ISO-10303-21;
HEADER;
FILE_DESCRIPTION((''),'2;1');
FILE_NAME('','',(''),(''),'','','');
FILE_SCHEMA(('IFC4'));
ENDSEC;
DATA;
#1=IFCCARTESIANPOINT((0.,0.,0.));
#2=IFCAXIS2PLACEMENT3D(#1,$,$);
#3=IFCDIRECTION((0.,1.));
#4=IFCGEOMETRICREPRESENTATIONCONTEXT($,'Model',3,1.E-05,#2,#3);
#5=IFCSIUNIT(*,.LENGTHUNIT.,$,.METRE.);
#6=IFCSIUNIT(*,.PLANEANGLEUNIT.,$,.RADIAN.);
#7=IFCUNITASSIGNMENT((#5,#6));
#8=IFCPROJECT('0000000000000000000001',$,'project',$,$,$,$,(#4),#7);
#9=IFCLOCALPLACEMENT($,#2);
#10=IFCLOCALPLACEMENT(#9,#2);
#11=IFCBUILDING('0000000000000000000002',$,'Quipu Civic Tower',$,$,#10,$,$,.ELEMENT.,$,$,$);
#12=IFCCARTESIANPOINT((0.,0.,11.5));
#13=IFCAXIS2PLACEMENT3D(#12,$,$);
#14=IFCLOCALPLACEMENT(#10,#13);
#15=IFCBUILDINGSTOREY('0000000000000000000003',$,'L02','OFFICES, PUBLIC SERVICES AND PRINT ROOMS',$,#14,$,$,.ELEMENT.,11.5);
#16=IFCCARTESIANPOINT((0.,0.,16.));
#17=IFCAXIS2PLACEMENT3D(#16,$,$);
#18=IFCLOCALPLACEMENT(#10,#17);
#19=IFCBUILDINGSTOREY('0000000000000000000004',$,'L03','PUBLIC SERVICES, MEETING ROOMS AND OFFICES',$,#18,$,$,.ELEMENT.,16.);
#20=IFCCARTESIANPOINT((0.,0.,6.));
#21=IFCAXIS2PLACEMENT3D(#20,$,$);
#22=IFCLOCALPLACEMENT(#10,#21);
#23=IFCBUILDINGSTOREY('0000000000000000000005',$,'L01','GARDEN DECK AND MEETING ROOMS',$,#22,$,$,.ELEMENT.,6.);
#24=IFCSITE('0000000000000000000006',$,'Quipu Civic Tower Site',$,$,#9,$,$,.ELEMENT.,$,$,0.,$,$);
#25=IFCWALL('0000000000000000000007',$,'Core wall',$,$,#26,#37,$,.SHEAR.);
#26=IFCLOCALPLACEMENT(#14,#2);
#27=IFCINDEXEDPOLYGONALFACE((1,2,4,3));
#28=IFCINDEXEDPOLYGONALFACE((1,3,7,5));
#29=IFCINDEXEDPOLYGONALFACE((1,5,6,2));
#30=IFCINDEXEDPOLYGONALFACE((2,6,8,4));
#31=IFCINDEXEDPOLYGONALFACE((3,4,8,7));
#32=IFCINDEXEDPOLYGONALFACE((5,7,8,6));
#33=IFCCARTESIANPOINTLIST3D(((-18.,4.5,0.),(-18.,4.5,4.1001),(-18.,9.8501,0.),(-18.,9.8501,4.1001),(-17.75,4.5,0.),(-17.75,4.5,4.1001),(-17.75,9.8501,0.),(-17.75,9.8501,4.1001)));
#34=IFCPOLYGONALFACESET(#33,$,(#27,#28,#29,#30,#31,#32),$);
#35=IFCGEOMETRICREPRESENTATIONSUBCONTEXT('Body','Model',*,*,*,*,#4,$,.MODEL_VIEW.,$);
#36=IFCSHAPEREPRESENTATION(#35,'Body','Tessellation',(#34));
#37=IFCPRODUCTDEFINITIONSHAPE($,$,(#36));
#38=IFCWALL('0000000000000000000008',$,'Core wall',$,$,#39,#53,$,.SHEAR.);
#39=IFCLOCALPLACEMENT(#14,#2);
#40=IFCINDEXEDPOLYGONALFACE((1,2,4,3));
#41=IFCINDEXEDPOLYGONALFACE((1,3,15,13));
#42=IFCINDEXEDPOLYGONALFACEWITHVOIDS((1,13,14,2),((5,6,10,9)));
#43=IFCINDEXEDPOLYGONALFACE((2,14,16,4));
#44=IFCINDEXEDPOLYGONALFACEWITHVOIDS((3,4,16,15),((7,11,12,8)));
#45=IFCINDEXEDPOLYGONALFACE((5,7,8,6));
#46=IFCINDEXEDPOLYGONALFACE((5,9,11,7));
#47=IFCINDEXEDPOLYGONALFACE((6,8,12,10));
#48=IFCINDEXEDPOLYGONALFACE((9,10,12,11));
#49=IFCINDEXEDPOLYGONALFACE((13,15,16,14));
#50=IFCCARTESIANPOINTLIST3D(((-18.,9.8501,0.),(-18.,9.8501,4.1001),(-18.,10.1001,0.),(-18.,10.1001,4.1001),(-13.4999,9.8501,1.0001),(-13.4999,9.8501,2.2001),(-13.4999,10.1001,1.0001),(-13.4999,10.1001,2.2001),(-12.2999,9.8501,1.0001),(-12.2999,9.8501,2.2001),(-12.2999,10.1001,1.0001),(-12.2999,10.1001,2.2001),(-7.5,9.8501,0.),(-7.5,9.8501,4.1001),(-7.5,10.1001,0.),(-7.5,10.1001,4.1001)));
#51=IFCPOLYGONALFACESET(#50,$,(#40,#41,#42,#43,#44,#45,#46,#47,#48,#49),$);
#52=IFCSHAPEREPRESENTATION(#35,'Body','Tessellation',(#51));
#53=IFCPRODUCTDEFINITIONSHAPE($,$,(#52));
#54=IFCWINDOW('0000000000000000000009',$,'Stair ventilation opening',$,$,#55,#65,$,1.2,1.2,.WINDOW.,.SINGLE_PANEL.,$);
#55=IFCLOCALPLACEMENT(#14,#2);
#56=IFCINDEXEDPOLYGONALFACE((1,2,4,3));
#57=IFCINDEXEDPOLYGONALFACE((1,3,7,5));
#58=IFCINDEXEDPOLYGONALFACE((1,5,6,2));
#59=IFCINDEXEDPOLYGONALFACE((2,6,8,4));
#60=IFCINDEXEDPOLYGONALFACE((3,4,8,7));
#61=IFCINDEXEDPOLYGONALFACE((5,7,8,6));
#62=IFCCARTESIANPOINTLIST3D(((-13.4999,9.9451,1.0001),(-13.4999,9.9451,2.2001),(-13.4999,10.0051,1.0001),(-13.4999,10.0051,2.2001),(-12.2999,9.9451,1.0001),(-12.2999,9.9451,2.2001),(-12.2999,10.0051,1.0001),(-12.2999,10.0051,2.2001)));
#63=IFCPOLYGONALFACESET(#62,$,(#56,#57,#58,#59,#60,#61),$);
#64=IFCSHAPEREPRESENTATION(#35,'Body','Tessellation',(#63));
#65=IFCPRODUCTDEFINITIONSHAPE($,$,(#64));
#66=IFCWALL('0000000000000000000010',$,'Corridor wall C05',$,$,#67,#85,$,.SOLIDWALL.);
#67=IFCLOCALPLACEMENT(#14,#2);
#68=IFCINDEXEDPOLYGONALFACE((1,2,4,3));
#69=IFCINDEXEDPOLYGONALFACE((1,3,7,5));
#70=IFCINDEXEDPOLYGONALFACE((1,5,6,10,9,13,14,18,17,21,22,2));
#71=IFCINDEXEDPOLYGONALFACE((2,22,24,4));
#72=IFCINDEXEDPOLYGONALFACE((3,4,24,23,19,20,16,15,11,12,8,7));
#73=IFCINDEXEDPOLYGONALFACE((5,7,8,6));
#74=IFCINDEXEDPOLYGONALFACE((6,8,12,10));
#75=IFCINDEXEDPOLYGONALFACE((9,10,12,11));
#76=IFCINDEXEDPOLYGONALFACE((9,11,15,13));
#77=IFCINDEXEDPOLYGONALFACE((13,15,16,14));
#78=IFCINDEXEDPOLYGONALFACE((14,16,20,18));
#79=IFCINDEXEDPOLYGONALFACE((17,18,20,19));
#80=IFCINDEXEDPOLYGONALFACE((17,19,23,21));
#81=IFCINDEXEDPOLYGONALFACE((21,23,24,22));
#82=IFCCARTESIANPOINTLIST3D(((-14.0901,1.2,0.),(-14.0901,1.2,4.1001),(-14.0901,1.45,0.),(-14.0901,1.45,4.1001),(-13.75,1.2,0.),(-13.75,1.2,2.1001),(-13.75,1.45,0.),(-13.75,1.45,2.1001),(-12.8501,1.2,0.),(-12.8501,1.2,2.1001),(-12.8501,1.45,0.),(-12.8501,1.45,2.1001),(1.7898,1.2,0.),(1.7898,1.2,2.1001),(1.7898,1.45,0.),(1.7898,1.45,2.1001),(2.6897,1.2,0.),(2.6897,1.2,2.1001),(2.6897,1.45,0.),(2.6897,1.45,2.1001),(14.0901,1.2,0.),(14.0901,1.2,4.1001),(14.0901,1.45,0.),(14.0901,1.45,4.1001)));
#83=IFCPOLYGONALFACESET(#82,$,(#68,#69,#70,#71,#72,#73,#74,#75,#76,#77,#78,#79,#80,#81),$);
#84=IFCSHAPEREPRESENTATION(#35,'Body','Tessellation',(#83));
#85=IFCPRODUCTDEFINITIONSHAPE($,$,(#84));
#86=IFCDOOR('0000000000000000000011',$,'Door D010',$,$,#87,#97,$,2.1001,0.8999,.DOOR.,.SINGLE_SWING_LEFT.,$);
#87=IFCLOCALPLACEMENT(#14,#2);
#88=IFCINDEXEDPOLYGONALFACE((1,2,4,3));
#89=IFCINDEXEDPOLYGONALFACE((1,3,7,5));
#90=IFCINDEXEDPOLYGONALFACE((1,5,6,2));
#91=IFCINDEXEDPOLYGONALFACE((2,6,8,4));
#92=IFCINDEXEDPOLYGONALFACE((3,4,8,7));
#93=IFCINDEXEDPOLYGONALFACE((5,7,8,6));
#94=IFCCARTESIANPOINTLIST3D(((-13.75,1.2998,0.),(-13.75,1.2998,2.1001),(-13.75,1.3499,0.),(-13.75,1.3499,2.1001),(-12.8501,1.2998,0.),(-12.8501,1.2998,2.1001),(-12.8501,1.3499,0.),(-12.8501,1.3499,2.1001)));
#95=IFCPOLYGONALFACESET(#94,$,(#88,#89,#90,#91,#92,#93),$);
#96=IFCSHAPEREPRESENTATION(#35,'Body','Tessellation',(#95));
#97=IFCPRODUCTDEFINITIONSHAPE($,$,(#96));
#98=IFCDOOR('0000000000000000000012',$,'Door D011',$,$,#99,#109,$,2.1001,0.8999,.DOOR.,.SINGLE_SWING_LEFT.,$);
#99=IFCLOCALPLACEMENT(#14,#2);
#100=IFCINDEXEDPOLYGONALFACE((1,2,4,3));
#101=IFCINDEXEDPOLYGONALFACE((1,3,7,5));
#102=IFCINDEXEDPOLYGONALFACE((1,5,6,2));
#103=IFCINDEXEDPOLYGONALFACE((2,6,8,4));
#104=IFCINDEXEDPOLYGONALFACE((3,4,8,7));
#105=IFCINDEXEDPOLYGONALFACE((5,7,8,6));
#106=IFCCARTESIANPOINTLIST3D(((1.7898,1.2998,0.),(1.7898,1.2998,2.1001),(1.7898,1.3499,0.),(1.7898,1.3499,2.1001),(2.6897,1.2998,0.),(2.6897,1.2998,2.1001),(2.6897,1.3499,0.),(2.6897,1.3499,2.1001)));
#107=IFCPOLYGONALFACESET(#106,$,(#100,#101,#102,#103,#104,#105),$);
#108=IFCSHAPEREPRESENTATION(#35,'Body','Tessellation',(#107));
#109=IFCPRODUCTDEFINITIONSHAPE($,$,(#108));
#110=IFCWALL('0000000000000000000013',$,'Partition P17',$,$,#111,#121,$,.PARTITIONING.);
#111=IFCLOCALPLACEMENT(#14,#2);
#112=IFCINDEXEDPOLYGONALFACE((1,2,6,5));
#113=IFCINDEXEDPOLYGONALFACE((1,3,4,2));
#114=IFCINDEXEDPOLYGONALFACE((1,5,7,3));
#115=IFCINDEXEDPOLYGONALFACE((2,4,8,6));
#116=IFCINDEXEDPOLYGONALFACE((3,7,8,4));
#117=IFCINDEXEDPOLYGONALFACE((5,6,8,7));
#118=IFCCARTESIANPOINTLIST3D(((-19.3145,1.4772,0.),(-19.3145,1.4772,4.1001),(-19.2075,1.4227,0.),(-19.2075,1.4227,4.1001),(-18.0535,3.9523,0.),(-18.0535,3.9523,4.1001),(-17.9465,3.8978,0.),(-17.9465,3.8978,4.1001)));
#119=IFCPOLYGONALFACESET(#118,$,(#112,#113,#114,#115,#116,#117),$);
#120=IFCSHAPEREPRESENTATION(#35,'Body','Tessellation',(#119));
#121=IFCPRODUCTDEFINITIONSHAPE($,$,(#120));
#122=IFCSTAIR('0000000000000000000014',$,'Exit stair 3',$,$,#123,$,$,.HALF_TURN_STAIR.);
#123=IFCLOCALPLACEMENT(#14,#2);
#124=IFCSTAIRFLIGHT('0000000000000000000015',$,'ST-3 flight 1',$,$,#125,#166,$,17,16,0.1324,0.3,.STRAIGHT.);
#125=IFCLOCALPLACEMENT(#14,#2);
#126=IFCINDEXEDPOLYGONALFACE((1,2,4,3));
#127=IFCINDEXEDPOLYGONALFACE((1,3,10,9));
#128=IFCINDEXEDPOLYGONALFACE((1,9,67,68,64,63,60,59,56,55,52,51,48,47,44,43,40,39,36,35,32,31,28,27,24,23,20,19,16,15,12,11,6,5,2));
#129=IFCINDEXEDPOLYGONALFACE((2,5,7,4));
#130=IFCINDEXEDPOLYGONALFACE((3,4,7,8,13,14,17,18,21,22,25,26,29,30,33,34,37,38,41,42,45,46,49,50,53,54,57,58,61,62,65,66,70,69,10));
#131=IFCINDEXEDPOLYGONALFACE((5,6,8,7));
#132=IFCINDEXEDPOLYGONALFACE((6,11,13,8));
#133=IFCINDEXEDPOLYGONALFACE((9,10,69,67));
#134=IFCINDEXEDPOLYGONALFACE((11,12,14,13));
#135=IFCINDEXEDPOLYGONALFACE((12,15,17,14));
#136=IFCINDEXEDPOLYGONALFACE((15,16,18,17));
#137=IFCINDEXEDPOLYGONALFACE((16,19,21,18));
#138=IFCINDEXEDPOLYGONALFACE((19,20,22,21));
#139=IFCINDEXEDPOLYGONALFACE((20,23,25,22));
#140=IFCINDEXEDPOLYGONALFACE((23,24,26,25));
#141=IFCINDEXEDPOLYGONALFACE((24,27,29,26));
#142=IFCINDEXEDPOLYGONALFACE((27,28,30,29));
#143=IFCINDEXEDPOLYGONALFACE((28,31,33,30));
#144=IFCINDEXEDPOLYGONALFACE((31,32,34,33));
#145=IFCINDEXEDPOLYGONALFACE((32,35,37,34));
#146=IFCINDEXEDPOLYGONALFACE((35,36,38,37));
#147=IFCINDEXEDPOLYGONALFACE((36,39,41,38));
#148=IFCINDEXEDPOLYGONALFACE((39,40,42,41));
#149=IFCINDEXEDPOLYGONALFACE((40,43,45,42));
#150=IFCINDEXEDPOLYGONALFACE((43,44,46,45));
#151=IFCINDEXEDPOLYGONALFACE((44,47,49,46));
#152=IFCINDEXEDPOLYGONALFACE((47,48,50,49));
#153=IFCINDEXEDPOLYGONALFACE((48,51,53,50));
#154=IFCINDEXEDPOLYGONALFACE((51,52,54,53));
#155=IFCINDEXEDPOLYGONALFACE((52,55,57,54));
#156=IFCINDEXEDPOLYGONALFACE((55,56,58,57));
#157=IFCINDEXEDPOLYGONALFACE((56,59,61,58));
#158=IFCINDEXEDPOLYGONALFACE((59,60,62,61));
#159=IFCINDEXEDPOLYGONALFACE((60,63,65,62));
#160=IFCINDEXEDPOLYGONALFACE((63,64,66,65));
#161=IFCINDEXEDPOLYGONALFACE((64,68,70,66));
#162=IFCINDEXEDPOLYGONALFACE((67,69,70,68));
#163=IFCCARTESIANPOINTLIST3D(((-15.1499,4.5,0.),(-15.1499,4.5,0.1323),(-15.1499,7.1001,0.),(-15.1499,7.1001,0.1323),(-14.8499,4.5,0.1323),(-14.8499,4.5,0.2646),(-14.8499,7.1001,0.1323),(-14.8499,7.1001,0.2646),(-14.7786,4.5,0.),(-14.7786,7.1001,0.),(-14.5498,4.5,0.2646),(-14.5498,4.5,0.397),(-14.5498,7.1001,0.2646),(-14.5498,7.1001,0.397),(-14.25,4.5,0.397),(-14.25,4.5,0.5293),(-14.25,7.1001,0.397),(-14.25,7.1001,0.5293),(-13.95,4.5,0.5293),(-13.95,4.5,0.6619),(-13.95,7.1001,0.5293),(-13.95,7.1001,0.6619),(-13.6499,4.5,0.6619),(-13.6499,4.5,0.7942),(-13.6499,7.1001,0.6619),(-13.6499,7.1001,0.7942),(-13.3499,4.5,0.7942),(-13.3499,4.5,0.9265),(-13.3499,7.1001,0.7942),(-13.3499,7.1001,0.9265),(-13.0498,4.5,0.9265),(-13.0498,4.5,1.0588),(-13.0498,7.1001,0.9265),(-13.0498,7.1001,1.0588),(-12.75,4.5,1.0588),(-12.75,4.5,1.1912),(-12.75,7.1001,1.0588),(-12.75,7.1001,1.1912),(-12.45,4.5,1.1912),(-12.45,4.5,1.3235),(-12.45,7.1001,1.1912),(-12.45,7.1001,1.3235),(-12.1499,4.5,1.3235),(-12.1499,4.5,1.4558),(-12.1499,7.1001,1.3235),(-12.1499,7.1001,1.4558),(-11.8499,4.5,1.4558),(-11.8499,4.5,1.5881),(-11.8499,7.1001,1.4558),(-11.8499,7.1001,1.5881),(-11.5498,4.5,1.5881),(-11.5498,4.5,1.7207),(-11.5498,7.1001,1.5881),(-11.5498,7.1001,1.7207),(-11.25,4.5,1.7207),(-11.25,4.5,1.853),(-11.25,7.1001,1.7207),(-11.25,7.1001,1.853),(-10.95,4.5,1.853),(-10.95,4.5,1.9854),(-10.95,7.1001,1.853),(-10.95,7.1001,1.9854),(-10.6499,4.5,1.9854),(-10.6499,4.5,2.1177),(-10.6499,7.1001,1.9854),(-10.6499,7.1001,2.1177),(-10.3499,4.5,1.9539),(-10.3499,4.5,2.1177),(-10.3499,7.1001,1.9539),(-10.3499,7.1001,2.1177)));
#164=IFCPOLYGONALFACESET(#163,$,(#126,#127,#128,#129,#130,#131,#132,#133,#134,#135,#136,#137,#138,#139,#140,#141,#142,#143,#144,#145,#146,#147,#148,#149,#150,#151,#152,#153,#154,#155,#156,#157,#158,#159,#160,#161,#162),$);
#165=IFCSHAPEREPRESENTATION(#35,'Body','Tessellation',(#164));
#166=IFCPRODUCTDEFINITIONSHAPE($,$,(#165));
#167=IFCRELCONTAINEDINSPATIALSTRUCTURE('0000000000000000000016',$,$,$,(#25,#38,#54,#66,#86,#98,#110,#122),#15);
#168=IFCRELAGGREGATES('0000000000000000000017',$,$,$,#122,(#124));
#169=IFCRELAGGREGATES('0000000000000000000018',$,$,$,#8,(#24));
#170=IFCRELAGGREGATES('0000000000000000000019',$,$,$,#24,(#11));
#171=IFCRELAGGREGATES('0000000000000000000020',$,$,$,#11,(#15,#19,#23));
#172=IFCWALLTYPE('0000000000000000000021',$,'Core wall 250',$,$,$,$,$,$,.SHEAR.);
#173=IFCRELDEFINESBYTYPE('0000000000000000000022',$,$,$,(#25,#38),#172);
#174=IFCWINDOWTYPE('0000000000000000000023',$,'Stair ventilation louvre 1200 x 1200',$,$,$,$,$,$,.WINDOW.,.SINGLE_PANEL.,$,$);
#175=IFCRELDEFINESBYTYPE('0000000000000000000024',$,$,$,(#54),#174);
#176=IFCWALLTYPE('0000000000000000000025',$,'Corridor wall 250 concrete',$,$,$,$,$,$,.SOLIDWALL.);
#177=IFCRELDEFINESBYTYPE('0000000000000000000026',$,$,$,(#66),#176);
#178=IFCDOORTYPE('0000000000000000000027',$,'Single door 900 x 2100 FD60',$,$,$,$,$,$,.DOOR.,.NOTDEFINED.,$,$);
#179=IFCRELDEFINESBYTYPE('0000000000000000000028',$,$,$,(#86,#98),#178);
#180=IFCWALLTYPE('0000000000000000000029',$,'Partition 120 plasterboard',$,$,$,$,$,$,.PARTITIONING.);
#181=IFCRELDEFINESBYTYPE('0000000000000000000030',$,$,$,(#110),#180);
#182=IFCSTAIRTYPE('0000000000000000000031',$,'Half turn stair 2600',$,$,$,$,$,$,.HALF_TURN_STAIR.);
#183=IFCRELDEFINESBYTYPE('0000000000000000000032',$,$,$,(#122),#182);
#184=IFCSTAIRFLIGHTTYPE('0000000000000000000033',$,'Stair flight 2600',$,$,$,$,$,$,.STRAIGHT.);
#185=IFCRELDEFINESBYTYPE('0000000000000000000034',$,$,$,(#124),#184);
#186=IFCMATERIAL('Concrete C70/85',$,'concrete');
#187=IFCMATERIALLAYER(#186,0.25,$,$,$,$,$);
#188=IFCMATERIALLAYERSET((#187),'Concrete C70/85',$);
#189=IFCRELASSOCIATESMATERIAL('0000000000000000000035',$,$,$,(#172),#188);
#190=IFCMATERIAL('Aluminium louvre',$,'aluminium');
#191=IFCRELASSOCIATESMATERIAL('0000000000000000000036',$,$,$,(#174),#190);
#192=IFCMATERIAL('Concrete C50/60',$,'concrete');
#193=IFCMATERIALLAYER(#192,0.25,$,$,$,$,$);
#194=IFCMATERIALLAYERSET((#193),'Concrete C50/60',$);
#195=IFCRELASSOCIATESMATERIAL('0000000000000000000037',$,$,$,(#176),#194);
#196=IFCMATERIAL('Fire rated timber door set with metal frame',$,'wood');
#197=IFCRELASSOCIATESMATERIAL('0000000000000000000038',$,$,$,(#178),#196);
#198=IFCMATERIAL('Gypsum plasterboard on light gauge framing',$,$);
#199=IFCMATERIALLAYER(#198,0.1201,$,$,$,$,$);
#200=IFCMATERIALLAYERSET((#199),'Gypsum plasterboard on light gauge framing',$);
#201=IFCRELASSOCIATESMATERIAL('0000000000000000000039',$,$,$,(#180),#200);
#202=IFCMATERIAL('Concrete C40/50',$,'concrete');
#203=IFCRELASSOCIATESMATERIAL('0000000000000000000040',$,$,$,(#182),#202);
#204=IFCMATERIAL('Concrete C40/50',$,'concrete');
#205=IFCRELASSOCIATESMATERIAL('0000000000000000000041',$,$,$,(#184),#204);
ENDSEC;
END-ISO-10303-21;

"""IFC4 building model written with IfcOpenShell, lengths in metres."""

from ifc_helpers import new_model, si_unit, direction, frame, frame_2d, origin, place, context, subcontext, project, spatial, polyline, rectangle, outline, extrude, material, layer, layer_set, type_object, element, fill, aggregate, save


model = new_model("IFC4")

# Units and contexts
model_context = context("Model", 3, precision=1e-05, world=origin(), true_north=direction((0.0, 1.0)))
body_context = subcontext(model_context, "Body", "Model", "MODEL_VIEW")
ifc_project = project(units=[si_unit("LENGTHUNIT", "METRE"), si_unit("PLANEANGLEUNIT", "RADIAN")], contexts=[model_context])

# Site, building, storey
site_placement = place(None, origin())
site = spatial("IfcSite", under=ifc_project, at=site_placement, Name="Quipu Civic Tower Site", CompositionType="ELEMENT", RefElevation=0.0)
building_placement = place(site_placement, origin())
building = spatial("IfcBuilding", under=site, at=building_placement, Name="Quipu Civic Tower", CompositionType="ELEMENT")
storey_1_placement = place(building_placement, frame((0.0, 0.0, 11.5)))
storey_1 = spatial("IfcBuildingStorey", under=building, at=storey_1_placement, Name="L02", Description="OFFICES, PUBLIC SERVICES AND PRINT ROOMS", CompositionType="ELEMENT", Elevation=11.5)

# Shared definitions
storey_2_placement = place(building_placement, frame((0.0, 0.0, 16.0)))
storey_2 = spatial("IfcBuildingStorey", under=building, at=storey_2_placement, Name="L03", Description="PUBLIC SERVICES, MEETING ROOMS AND OFFICES", CompositionType="ELEMENT", Elevation=16.0)

# Shared definitions
storey_3_placement = place(building_placement, frame((0.0, 0.0, 6.0)))
storey_3 = spatial("IfcBuildingStorey", under=building, at=storey_3_placement, Name="L01", Description="GARDEN DECK AND MEETING ROOMS", CompositionType="ELEMENT", Elevation=6.0)

# Shared definitions
ifc_material_1 = material(Name="Concrete C70/85", Category="concrete")
ifc_layer_1 = layer(ifc_material_1, 0.25)
ifc_layer_set_1 = layer_set([ifc_layer_1], Name="Concrete C70/85")
wall_type_1 = type_object("IfcWallType", Name="Core wall 250", PredefinedType="SHEAR", material=ifc_layer_set_1)

# Wall
wall_1_placement = place(storey_1_placement, frame((-17.875, 4.5, 0.0), z_axis=(0.0, 0.0, 1.0), x_axis=(0.0, 1.0, 0.0)))
element("IfcWall", 1, at=wall_1_placement, inside=storey_1, type_object=wall_type_1, Name="Core wall", PredefinedType="SHEAR", context=body_context, shape_type="SweptSolid", body=[
    extrude(rectangle(XDim=5.3501, YDim=0.25, at=frame_2d((2.675, 0.0))), origin(), (0.0, 0.0, 1.0), 4.1001),
])

# Wall, opening, window
wall_2_placement = place(storey_1_placement, frame((-18.0, 9.9751, 0.0), z_axis=(0.0, 0.0, 1.0), x_axis=(1.0, 0.0, 0.0)))
wall_2 = element("IfcWall", 2, at=wall_2_placement, inside=storey_1, type_object=wall_type_1, Name="Core wall", PredefinedType="SHEAR", context=body_context, shape_type="SweptSolid", body=[
    extrude(rectangle(XDim=10.5, YDim=0.25, at=frame_2d((5.25, 0.0))), origin(), (0.0, 0.0, 1.0), 4.1001),
])
opening_1_placement = place(wall_2_placement, frame((4.5, 0.0, 1.0)))
opening_1 = element("IfcOpeningElement", 3, at=opening_1_placement, cuts=wall_2, PredefinedType="OPENING", context=body_context, shape_type="SweptSolid", body=[
    extrude(rectangle(XDim=1.2, YDim=1.2, at=frame_2d((0.6001, 0.6001))), frame((0.0, 0.135, 0.0), z_axis=(0.0, -1.0, 0.0), x_axis=(1.0, 0.0, 0.0)), (0.0, 0.0, 1.0), 0.27),
])
ifc_material_2 = material(Name="Aluminium louvre", Category="aluminium")
window_type = type_object("IfcWindowType", Name="Stair ventilation louvre 1200 x 1200", PartitioningType="SINGLE_PANEL", PredefinedType="WINDOW", material=ifc_material_2)
window_placement = place(opening_1_placement, origin())
window = element("IfcWindow", 4, at=window_placement, inside=storey_1, type_object=window_type, Name="Stair ventilation opening", OverallHeight=1.2, OverallWidth=1.2, PartitioningType="SINGLE_PANEL", PredefinedType="WINDOW", context=body_context, shape_type="SweptSolid", body=[
    extrude(rectangle(XDim=1.2, YDim=1.2, at=frame_2d((0.6001, 0.6001))), frame((0.0, 0.03, 0.0), z_axis=(0.0, -1.0, 0.0), x_axis=(1.0, 0.0, 0.0)), (0.0, 0.0, 1.0), 0.0601),
])
fill(opening_1, window)

# Wall, openings, doors
ifc_material_3 = material(Name="Concrete C50/60", Category="concrete")
ifc_layer_2 = layer(ifc_material_3, 0.25)
ifc_layer_set_2 = layer_set([ifc_layer_2], Name="Concrete C50/60")
wall_type_2 = type_object("IfcWallType", Name="Corridor wall 250 concrete", PredefinedType="SOLIDWALL", material=ifc_layer_set_2)
wall_3_placement = place(storey_1_placement, frame((-14.0901, 1.325, 0.0), z_axis=(0.0, 0.0, 1.0), x_axis=(1.0, 0.0, 0.0)))
wall_3 = element("IfcWall", 5, at=wall_3_placement, inside=storey_1, type_object=wall_type_2, Name="Corridor wall C05", PredefinedType="SOLIDWALL", context=body_context, shape_type="SweptSolid", body=[
    extrude(rectangle(XDim=28.1802, YDim=0.25, at=frame_2d((14.0901, 0.0))), origin(), (0.0, 0.0, 1.0), 4.1001),
])
opening_2_placement = place(wall_3_placement, frame((0.3401, 0.0, 0.0)))
opening_2 = element("IfcOpeningElement", 6, at=opening_2_placement, cuts=wall_3, PredefinedType="OPENING", context=body_context, shape_type="SweptSolid", body=[
    extrude(rectangle(XDim=0.8999, YDim=2.1001, at=frame_2d((0.45, 1.05))), frame((0.0, 0.135, 0.0), z_axis=(0.0, -1.0, 0.0), x_axis=(1.0, 0.0, 0.0)), (0.0, 0.0, 1.0), 0.27),
])
opening_3_placement = place(wall_3_placement, frame((15.8799, 0.0, 0.0)))
opening_3 = element("IfcOpeningElement", 7, at=opening_3_placement, cuts=wall_3, PredefinedType="OPENING", context=body_context, shape_type="SweptSolid", body=[
    extrude(rectangle(XDim=0.8999, YDim=2.1001, at=frame_2d((0.45, 1.05))), frame((0.0, 0.135, 0.0), z_axis=(0.0, -1.0, 0.0), x_axis=(1.0, 0.0, 0.0)), (0.0, 0.0, 1.0), 0.27),
])
ifc_material_4 = material(Name="Fire rated timber door set with metal frame", Category="wood")
door_type_1 = type_object("IfcDoorType", Name="Single door 900 x 2100 FD60", OperationType="NOTDEFINED", PredefinedType="DOOR", material=ifc_material_4)
door_1_placement = place(opening_2_placement, origin())
door_1 = element("IfcDoor", 8, at=door_1_placement, inside=storey_1, type_object=door_type_1, Name="Door D010", OperationType="SINGLE_SWING_LEFT", OverallHeight=2.1001, OverallWidth=0.8999, PredefinedType="DOOR", context=body_context, shape_type="SweptSolid", body=[
    extrude(rectangle(XDim=0.8999, YDim=2.1001, at=frame_2d((0.45, 1.05))), frame((0.0, 0.0249, 0.0), z_axis=(0.0, -1.0, 0.0), x_axis=(1.0, 0.0, 0.0)), (0.0, 0.0, 1.0), 0.05),
])
fill(opening_2, door_1)
door_2_placement = place(opening_3_placement, origin())
door_2 = element("IfcDoor", 9, at=door_2_placement, inside=storey_1, type_object=door_type_1, Name="Door D011", OperationType="SINGLE_SWING_LEFT", OverallHeight=2.1001, OverallWidth=0.8999, PredefinedType="DOOR", context=body_context, shape_type="SweptSolid", body=[
    extrude(rectangle(XDim=0.8999, YDim=2.1001, at=frame_2d((0.45, 1.05))), frame((0.0, 0.0249, 0.0), z_axis=(0.0, -1.0, 0.0), x_axis=(1.0, 0.0, 0.0)), (0.0, 0.0, 1.0), 0.05),
])
fill(opening_3, door_2)

# Wall
ifc_material_5 = material(Name="Gypsum plasterboard on light gauge framing")
ifc_layer_3 = layer(ifc_material_5, 0.1201)
ifc_layer_set_3 = layer_set([ifc_layer_3], Name="Gypsum plasterboard on light gauge framing")
wall_type_3 = type_object("IfcWallType", Name="Partition 120 plasterboard", PredefinedType="PARTITIONING", material=ifc_layer_set_3)
wall_4_placement = place(storey_1_placement, frame((-19.261, 1.45, 0.0), z_axis=(0.0, 0.0, 1.0), x_axis=(0.453951, 0.891027, 0.0)))
element("IfcWall", 10, at=wall_4_placement, inside=storey_1, type_object=wall_type_3, Name="Partition P17", PredefinedType="PARTITIONING", context=body_context, shape_type="SweptSolid", body=[
    extrude(rectangle(XDim=2.7778, YDim=0.1201, at=frame_2d((1.3889, 0.0))), origin(), (0.0, 0.0, 1.0), 4.1001),
])

# Stair, stair flight
ifc_material_6 = material(Name="Concrete C40/50", Category="concrete")
stair_type = type_object("IfcStairType", Name="Half turn stair 2600", PredefinedType="HALF_TURN_STAIR", material=ifc_material_6)
stair_placement = place(storey_1_placement, origin())
stair = element("IfcStair", 11, at=stair_placement, inside=storey_1, type_object=stair_type, Name="Exit stair 3", PredefinedType="HALF_TURN_STAIR")
ifc_material_7 = material(Name="Concrete C40/50", Category="concrete")
stair_flight_type = type_object("IfcStairFlightType", Name="Stair flight 2600", PredefinedType="STRAIGHT", material=ifc_material_7)
stair_flight_placement = place(storey_1_placement, frame((-15.1499, 5.8, 0.0), z_axis=(0.0, 0.0, 1.0), x_axis=(1.0, 0.0, 0.0)))
stair_flight = element("IfcStairFlight", 12, at=stair_flight_placement, type_object=stair_flight_type, Name="ST-3 flight 1", NumberOfRisers=17, NumberOfTreads=16, PredefinedType="STRAIGHT", RiserHeight=0.1324, TreadLength=0.3, context=body_context, shape_type="SweptSolid", body=[
    extrude(outline(polyline([(0.0, 0.0), (0.0, 0.1323), (0.3, 0.1323), (0.3, 0.2646), (0.6001, 0.2646), (0.6001, 0.397), (0.8999, 0.397), (0.8999, 0.5293), (1.2, 0.5293), (1.2, 0.6619), (1.5, 0.6619), (1.5, 0.7942), (1.8, 0.7942), (1.8, 0.9265), (2.1001, 0.9265), (2.1001, 1.0588), (2.3999, 1.0588), (2.3999, 1.1912), (2.7, 1.1912), (2.7, 1.3235), (3.0, 1.3235), (3.0, 1.4558), (3.3, 1.4558), (3.3, 1.5881), (3.6001, 1.5881), (3.6001, 1.7207), (3.8999, 1.7207), (3.8999, 1.853), (4.2, 1.853), (4.2, 1.9854), (4.5, 1.9854), (4.5, 2.1177), (4.8, 2.1177), (4.8, 2.25), (4.8, 1.9539), (0.3713, 0.0), (0.0, 0.0)])), frame((0.0, 1.3, 0.0), z_axis=(0.0, -1.0, 0.0), x_axis=(1.0, 0.0, 0.0)), (0.0, 0.0, 1.0), 2.6001),
])
aggregate(stair, [stair_flight])

save(model, "model.ifc")
